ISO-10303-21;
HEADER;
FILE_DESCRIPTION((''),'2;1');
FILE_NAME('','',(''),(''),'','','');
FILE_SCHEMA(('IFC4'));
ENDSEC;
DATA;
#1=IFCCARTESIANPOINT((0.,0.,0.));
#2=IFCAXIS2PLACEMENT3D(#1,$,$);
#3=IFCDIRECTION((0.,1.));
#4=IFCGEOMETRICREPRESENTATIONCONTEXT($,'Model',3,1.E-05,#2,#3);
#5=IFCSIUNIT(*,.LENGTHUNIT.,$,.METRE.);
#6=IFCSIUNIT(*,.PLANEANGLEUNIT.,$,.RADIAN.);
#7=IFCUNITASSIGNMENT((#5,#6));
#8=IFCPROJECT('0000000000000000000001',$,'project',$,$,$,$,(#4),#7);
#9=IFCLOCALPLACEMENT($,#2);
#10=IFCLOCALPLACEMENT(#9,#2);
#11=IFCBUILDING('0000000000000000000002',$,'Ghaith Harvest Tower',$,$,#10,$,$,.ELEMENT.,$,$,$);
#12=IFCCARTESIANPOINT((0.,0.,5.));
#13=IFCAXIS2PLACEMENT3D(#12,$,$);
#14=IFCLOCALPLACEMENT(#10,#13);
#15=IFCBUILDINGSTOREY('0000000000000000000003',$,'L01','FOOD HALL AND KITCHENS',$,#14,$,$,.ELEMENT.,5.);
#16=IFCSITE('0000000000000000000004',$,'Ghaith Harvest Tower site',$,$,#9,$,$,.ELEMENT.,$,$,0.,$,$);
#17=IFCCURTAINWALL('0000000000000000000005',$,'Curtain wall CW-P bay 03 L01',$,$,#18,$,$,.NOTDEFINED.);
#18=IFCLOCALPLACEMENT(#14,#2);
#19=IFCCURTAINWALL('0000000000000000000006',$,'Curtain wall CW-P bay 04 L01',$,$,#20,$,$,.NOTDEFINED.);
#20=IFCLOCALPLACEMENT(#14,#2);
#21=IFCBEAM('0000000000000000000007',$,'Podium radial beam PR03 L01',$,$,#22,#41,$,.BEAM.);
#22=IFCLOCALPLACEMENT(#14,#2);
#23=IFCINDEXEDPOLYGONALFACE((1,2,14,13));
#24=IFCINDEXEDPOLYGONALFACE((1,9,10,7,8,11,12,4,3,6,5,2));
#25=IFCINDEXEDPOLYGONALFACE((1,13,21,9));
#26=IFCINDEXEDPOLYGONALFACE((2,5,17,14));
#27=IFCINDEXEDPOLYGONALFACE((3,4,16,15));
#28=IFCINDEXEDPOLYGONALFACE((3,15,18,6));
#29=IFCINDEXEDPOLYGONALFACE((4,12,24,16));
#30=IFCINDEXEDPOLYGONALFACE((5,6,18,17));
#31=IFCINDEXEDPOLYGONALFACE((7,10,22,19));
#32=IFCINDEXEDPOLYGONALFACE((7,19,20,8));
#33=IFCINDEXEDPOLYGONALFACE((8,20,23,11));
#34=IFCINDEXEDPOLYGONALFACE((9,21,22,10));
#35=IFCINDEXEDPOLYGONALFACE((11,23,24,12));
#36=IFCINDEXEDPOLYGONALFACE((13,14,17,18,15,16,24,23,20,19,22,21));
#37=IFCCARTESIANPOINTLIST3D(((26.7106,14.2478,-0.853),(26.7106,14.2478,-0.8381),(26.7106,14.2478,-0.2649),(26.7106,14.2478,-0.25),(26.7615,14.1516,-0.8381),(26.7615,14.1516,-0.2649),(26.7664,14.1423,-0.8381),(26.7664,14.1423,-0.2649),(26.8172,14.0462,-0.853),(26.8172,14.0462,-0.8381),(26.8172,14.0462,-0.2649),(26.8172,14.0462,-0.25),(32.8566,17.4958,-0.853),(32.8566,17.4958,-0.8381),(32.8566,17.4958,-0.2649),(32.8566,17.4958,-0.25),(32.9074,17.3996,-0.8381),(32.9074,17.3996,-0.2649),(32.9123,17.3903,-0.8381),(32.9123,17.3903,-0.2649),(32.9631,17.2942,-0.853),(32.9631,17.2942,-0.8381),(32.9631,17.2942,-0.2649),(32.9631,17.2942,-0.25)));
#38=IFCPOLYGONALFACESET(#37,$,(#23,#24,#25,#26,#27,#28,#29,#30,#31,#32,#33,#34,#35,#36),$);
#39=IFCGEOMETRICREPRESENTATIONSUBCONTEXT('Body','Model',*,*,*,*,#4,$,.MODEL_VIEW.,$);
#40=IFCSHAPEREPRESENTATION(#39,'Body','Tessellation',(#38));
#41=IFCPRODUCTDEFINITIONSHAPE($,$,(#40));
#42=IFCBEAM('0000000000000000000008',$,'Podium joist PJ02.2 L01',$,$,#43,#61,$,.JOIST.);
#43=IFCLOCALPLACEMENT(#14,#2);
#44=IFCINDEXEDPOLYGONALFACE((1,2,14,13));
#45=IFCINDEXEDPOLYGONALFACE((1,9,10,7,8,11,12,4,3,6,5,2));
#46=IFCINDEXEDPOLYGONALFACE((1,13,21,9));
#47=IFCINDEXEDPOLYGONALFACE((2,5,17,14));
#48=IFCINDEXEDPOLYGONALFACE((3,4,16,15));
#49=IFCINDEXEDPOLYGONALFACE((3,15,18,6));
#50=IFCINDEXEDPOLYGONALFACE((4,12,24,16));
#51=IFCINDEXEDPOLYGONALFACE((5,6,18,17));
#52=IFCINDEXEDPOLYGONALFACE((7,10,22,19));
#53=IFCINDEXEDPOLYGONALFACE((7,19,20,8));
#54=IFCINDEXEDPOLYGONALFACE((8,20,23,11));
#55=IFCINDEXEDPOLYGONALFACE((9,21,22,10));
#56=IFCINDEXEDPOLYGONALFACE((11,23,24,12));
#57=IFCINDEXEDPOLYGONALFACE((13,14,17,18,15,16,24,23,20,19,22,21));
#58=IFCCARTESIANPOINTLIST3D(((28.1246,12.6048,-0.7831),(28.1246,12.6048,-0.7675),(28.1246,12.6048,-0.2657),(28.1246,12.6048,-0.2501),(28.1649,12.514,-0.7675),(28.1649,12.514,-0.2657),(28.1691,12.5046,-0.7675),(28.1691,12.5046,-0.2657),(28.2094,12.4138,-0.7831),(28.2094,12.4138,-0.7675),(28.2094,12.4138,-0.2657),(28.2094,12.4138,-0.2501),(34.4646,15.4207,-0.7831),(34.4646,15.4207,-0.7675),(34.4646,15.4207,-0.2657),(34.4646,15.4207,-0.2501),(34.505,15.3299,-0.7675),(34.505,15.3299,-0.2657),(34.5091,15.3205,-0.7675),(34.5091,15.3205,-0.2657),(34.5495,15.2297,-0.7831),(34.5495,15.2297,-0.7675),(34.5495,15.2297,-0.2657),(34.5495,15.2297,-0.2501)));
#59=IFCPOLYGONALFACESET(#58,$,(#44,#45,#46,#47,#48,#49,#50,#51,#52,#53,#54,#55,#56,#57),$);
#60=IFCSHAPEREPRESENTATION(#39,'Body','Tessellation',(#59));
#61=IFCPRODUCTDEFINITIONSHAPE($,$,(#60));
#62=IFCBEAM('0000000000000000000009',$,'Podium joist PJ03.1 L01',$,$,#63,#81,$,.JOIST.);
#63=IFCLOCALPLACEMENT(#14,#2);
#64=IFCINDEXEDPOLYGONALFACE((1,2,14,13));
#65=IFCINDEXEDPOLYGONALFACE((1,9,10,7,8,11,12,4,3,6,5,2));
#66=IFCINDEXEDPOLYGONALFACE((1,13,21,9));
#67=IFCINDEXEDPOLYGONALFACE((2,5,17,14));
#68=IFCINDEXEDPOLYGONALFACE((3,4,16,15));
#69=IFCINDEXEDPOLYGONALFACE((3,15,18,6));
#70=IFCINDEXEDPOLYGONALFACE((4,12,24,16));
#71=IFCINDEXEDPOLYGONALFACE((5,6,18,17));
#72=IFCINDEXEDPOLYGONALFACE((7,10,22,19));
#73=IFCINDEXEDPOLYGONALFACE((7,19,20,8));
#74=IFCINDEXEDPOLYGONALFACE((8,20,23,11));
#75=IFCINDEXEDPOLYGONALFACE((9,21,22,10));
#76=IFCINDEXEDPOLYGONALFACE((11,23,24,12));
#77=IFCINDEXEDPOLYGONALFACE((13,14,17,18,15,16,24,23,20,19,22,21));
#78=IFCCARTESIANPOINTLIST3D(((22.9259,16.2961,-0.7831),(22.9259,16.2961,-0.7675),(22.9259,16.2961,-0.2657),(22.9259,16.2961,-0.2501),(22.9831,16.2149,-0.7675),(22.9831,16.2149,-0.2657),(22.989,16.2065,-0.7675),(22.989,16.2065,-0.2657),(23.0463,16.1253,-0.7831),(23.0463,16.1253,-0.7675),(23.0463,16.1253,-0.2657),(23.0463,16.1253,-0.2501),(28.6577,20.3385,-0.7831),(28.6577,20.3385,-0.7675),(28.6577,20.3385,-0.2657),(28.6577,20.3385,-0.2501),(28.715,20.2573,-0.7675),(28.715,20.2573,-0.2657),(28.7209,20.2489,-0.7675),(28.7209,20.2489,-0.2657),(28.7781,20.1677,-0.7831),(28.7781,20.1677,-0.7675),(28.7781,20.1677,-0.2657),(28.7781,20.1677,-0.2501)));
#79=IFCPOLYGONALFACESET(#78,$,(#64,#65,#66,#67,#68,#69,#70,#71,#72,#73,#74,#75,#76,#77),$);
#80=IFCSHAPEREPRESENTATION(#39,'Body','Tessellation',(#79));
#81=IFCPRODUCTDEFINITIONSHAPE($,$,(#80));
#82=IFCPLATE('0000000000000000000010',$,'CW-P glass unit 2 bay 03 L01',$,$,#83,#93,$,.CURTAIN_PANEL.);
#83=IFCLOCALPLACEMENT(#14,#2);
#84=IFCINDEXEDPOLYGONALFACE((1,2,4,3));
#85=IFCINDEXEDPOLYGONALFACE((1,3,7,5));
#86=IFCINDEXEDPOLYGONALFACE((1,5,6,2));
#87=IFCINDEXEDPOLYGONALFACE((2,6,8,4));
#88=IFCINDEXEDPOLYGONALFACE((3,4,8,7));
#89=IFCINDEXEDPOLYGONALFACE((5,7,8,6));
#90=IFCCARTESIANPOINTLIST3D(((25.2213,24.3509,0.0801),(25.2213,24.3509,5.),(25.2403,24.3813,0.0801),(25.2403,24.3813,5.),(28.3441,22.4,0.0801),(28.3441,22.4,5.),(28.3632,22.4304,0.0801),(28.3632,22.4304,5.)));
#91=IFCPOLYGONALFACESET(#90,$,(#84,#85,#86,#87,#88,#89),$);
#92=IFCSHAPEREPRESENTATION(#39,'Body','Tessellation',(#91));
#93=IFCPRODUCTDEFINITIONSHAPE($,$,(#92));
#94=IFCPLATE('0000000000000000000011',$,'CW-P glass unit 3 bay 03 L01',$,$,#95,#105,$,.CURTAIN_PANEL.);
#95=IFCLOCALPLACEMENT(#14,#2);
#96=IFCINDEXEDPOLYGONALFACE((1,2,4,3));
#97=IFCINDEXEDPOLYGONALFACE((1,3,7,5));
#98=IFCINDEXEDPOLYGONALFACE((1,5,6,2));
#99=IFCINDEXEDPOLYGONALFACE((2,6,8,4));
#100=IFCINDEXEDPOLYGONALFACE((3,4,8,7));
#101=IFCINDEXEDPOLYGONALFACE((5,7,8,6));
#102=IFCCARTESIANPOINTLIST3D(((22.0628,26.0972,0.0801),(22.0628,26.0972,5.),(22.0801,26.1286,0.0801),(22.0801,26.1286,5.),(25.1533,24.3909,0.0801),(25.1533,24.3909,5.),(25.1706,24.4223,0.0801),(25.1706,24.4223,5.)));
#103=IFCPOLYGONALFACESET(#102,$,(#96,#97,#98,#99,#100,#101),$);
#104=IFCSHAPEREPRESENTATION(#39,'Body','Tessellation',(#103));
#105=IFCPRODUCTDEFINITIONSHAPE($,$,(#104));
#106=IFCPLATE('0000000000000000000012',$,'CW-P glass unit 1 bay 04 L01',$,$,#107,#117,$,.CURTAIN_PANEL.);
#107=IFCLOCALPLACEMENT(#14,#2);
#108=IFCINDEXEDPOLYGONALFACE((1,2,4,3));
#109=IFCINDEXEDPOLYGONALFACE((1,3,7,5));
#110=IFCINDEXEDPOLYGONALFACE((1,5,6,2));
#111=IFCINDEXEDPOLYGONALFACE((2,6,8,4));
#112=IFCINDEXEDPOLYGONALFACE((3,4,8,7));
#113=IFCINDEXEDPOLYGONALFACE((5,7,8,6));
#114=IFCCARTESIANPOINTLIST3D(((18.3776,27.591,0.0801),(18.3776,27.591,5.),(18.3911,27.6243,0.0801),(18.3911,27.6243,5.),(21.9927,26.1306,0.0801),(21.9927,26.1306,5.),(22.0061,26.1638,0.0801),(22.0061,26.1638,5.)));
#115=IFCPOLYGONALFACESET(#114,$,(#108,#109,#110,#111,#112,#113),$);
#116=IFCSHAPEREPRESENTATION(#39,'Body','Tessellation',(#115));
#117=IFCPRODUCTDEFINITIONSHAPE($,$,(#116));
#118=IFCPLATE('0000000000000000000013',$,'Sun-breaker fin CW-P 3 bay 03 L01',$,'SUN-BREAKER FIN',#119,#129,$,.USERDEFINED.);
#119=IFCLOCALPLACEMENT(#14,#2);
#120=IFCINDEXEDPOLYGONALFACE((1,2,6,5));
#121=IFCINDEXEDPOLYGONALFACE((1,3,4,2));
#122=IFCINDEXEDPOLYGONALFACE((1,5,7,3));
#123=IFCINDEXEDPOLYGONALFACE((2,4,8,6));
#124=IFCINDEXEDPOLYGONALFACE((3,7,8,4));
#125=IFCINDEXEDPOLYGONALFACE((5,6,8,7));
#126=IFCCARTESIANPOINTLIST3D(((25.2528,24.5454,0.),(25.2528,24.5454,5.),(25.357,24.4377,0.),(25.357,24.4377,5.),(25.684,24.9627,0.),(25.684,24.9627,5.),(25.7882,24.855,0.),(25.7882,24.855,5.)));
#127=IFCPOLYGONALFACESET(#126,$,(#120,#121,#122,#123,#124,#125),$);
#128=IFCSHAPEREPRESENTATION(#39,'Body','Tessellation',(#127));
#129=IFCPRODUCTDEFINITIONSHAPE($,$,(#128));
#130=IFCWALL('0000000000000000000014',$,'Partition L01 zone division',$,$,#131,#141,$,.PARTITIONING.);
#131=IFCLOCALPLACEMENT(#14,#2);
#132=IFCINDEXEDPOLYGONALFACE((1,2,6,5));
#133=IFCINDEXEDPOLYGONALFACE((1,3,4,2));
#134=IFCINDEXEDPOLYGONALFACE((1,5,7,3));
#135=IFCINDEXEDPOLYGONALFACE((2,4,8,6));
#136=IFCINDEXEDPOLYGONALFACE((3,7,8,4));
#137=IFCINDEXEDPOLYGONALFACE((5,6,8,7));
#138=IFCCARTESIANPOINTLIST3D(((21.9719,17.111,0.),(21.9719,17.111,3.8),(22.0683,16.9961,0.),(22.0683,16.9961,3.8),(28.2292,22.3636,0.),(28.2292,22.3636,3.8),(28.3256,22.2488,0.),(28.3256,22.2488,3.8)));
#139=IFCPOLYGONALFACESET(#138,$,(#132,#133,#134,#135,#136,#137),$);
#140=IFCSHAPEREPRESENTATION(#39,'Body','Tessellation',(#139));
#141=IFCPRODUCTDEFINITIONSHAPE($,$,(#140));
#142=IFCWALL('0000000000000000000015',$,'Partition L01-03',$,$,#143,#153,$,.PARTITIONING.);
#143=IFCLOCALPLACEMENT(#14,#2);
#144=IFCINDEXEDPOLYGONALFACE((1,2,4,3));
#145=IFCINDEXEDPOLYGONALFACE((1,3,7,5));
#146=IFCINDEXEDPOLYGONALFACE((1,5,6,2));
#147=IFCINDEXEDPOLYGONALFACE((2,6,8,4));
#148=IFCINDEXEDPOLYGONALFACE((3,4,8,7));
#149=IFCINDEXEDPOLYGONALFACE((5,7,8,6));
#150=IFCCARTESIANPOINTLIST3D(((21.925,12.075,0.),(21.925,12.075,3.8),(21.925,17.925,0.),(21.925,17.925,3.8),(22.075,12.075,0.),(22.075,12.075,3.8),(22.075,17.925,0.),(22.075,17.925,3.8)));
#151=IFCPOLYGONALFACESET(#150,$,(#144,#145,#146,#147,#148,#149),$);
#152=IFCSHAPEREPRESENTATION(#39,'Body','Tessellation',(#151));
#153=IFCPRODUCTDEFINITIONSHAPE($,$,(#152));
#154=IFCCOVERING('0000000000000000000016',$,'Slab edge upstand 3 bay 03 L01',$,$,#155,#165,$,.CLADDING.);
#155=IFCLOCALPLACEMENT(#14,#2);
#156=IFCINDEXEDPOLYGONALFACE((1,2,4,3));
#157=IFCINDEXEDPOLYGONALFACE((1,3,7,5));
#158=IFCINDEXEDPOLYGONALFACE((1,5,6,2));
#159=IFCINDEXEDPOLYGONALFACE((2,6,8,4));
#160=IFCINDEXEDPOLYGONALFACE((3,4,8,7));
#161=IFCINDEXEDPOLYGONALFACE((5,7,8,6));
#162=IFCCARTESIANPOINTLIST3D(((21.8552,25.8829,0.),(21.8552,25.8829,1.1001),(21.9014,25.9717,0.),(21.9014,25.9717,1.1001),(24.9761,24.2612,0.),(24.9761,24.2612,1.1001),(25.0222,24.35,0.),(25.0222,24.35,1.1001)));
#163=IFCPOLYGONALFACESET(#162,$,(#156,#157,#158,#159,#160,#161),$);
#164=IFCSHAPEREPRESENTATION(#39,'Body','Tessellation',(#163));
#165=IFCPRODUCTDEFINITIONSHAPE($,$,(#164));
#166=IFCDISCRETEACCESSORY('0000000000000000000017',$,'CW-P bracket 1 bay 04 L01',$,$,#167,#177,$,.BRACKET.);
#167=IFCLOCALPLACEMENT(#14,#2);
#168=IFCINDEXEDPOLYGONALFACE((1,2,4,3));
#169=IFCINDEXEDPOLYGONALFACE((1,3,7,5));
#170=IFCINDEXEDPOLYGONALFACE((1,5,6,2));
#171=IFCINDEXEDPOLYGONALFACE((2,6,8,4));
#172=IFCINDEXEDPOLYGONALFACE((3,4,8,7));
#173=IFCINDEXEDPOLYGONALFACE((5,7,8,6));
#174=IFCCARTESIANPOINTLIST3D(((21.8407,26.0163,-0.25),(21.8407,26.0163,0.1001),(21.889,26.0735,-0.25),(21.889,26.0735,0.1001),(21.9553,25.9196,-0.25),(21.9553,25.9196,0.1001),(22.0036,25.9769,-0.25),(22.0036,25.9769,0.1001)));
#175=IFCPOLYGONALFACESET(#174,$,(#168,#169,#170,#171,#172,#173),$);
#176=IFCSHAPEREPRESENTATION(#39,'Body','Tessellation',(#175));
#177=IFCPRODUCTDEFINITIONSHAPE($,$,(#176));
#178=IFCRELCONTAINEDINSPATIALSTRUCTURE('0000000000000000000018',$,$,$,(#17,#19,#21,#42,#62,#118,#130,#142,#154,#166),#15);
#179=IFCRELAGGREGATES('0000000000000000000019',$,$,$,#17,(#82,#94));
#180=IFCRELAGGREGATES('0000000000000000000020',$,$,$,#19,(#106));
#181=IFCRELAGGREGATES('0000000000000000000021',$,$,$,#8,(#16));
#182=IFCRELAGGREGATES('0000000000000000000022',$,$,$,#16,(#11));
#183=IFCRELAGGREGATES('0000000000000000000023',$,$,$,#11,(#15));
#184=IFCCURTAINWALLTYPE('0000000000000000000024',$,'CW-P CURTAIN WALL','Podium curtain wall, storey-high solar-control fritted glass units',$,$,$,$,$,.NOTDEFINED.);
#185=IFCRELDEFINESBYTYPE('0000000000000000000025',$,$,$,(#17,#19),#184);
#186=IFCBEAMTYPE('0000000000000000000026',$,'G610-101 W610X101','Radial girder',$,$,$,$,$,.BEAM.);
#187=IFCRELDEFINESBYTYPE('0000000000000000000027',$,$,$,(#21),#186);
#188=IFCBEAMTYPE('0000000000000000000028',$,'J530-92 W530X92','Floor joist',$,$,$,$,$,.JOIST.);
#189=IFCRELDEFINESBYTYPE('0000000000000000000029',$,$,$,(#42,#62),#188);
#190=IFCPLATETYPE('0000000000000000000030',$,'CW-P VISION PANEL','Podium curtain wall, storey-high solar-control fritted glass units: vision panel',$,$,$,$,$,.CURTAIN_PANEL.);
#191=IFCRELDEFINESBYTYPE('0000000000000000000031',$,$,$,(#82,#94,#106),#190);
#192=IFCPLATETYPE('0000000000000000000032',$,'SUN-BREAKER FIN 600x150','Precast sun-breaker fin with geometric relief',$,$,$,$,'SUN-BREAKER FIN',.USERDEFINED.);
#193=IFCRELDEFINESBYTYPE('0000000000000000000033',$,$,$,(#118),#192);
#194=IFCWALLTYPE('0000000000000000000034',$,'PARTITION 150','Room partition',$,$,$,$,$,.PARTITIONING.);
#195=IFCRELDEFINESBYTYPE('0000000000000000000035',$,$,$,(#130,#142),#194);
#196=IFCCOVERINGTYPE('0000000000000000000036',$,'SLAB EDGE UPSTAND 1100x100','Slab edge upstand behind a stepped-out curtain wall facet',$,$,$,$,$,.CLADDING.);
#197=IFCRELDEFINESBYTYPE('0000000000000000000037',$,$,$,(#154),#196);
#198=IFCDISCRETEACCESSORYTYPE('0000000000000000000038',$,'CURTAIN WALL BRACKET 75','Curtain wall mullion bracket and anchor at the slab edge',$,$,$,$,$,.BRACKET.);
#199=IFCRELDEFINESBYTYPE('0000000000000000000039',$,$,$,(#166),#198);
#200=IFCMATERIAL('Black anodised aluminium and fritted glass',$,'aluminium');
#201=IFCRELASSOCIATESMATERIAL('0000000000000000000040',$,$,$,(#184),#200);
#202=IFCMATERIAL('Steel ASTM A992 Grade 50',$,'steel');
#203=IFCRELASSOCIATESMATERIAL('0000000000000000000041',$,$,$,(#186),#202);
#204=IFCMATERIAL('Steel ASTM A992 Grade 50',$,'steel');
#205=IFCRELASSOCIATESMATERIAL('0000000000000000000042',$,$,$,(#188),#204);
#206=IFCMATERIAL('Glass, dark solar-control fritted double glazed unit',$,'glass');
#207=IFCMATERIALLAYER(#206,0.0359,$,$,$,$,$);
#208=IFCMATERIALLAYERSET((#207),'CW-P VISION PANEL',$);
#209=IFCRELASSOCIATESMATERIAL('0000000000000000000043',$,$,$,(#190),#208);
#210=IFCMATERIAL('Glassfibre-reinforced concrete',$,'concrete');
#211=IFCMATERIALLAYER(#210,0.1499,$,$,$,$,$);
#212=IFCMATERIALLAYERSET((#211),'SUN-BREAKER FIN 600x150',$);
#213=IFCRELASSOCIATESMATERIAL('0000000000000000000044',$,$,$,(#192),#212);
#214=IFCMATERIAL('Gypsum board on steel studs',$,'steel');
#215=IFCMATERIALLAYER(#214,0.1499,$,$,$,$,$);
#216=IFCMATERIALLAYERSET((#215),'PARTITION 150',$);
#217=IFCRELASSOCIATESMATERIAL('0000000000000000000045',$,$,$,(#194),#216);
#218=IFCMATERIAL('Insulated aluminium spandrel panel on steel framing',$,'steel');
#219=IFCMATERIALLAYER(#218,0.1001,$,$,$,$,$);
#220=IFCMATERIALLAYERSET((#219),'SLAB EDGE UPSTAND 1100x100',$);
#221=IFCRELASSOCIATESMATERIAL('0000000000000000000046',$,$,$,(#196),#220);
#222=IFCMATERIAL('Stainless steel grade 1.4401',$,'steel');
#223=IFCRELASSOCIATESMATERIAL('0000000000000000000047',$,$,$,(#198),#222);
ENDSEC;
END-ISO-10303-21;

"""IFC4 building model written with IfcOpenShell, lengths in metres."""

from ifc_helpers import new_model, si_unit, direction, frame, frame_2d, origin, origin_2d, place, context, subcontext, project, spatial, rectangle, i_section, extrude, material, layer, layer_set, material_profile, profile_set, type_object, element, aggregate, save


model = new_model("IFC4")

# Units and contexts
model_context = context("Model", 3, precision=1e-05, world=origin(), true_north=direction((0.0, 1.0)))
body_context = subcontext(model_context, "Body", "Model", "MODEL_VIEW")
ifc_project = project(units=[si_unit("LENGTHUNIT", "METRE"), si_unit("PLANEANGLEUNIT", "RADIAN")], contexts=[model_context])

# Site, building, storey
site_placement = place(None, origin())
site = spatial("IfcSite", under=ifc_project, at=site_placement, Name="Ghaith Harvest Tower site", CompositionType="ELEMENT", RefElevation=0.0)
building_placement = place(site_placement, origin())
building = spatial("IfcBuilding", under=site, at=building_placement, Name="Ghaith Harvest Tower", CompositionType="ELEMENT")
storey_placement = place(building_placement, frame((0.0, 0.0, 5.0)))
storey = spatial("IfcBuildingStorey", under=building, at=storey_placement, Name="L01", Description="FOOD HALL AND KITCHENS", CompositionType="ELEMENT", Elevation=5.0)

# Curtain walls
ifc_material_1 = material(Name="Black anodised aluminium and fritted glass", Category="aluminium")
curtain_wall_type = type_object("IfcCurtainWallType", Name="CW-P CURTAIN WALL", Description="Podium curtain wall, storey-high solar-control fritted glass units", PredefinedType="NOTDEFINED", material=ifc_material_1)
curtain_wall_1_placement = place(storey_placement, origin())
curtain_wall_1 = element("IfcCurtainWall", 1, at=curtain_wall_1_placement, inside=storey, type_object=curtain_wall_type, Name="Curtain wall CW-P bay 03 L01", PredefinedType="NOTDEFINED")
curtain_wall_2_placement = place(storey_placement, origin())
curtain_wall_2 = element("IfcCurtainWall", 2, at=curtain_wall_2_placement, inside=storey, type_object=curtain_wall_type, Name="Curtain wall CW-P bay 04 L01", PredefinedType="NOTDEFINED")

# Beams
ifc_material_2 = material(Name="Steel ASTM A992 Grade 50", Category="steel")
ifc_material_profile_1 = material_profile(ifc_material_2, i_section(OverallWidth=0.228, OverallDepth=0.603, WebThickness=0.0105, FlangeThickness=0.0149, at=origin_2d()), Name="W610X101")
ifc_profile_set_1 = profile_set([ifc_material_profile_1], Name="Steel ASTM A992 Grade 50")
beam_type_1 = type_object("IfcBeamType", Name="G610-101 W610X101", Description="Radial girder", PredefinedType="BEAM", material=ifc_profile_set_1)
beam_1_placement = place(storey_placement, frame((26.7639, 14.147, -0.5515), z_axis=(0.884128, 0.467245, 0.0), x_axis=(-0.467245, 0.884128, 0.0)))
element("IfcBeam", 3, at=beam_1_placement, inside=storey, type_object=beam_type_1, Name="Podium radial beam PR03 L01", PredefinedType="BEAM", context=body_context, shape_type="SweptSolid", body=[
    extrude(i_section(OverallWidth=0.228, OverallDepth=0.603, WebThickness=0.0105, FlangeThickness=0.0149, at=origin_2d()), origin(), (0.0, 0.0, 1.0), 6.9514),
])
ifc_material_3 = material(Name="Steel ASTM A992 Grade 50", Category="steel")
ifc_material_profile_2 = material_profile(ifc_material_3, i_section(OverallWidth=0.209, OverallDepth=0.533, WebThickness=0.0103, FlangeThickness=0.0156, at=origin_2d()), Name="W530X92")
ifc_profile_set_2 = profile_set([ifc_material_profile_2], Name="Steel ASTM A992 Grade 50")
beam_type_2 = type_object("IfcBeamType", Name="J530-92 W530X92", Description="Floor joist", PredefinedType="JOIST", material=ifc_profile_set_2)
beam_2_placement = place(storey_placement, frame((28.167, 12.5093, -0.5166), z_axis=(0.913913, 0.40591, 0.0), x_axis=(-0.40591, 0.913913, 0.0)))
element("IfcBeam", 4, at=beam_2_placement, inside=storey, type_object=beam_type_2, Name="Podium joist PJ02.2 L01", PredefinedType="JOIST", context=body_context, shape_type="SweptSolid", body=[
    extrude(i_section(OverallWidth=0.209, OverallDepth=0.533, WebThickness=0.0103, FlangeThickness=0.0156, at=origin_2d()), origin(), (0.0, 0.0, 1.0), 6.9373),
])
beam_3_placement = place(storey_placement, frame((22.9861, 16.2107, -0.5166), z_axis=(0.817209, 0.576342, 0.0), x_axis=(-0.576342, 0.817209, 0.0)))
element("IfcBeam", 5, at=beam_3_placement, inside=storey, type_object=beam_type_2, Name="Podium joist PJ03.1 L01", PredefinedType="JOIST", context=body_context, shape_type="SweptSolid", body=[
    extrude(i_section(OverallWidth=0.209, OverallDepth=0.533, WebThickness=0.0103, FlangeThickness=0.0156, at=origin_2d()), origin(), (0.0, 0.0, 1.0), 7.0139),
])

# Plates
ifc_material_4 = material(Name="Glass, dark solar-control fritted double glazed unit", Category="glass")
ifc_layer_1 = layer(ifc_material_4, 0.0359)
ifc_layer_set_1 = layer_set([ifc_layer_1], Name="CW-P VISION PANEL")
plate_type_1 = type_object("IfcPlateType", Name="CW-P VISION PANEL", Description="Podium curtain wall, storey-high solar-control fritted glass units: vision panel", PredefinedType="CURTAIN_PANEL", material=ifc_layer_set_1)
plate_1_placement = place(storey_placement, frame((26.7922, 23.3906, 0.0801), z_axis=(0.0, 0.0, 1.0), x_axis=(-0.848105, 0.529829, 0.0)))
plate_1 = element("IfcPlate", 6, at=plate_1_placement, type_object=plate_type_1, Name="CW-P glass unit 2 bay 03 L01", PredefinedType="CURTAIN_PANEL", context=body_context, shape_type="SweptSolid", body=[
    extrude(rectangle(XDim=3.6821, YDim=0.0359, at=origin_2d()), origin(), (0.0, 0.0, 1.0), 4.9199),
])
plate_2_placement = place(storey_placement, frame((23.6167, 25.2598, 0.0801), z_axis=(0.0, 0.0, 1.0), x_axis=(-0.875433, 0.483339, 0.0)))
plate_2 = element("IfcPlate", 7, at=plate_2_placement, type_object=plate_type_1, Name="CW-P glass unit 3 bay 03 L01", PredefinedType="CURTAIN_PANEL", context=body_context, shape_type="SweptSolid", body=[
    extrude(rectangle(XDim=3.5303, YDim=0.0359, at=origin_2d()), origin(), (0.0, 0.0, 1.0), 4.9199),
])
aggregate(curtain_wall_1, [plate_1, plate_2])
plate_3_placement = place(storey_placement, frame((20.1919, 26.8774, 0.0801), z_axis=(0.0, 0.0, 1.0), x_axis=(-0.927191, 0.374588, 0.0)))
plate_3 = element("IfcPlate", 8, at=plate_3_placement, type_object=plate_type_1, Name="CW-P glass unit 1 bay 04 L01", PredefinedType="CURTAIN_PANEL", context=body_context, shape_type="SweptSolid", body=[
    extrude(rectangle(XDim=3.8989, YDim=0.0359, at=origin_2d()), origin(), (0.0, 0.0, 1.0), 4.9199),
])
aggregate(curtain_wall_2, [plate_3])
ifc_material_5 = material(Name="Glassfibre-reinforced concrete", Category="concrete")
ifc_layer_2 = layer(ifc_material_5, 0.1499)
ifc_layer_set_2 = layer_set([ifc_layer_2], Name="SUN-BREAKER FIN 600x150")
plate_type_2 = type_object("IfcPlateType", Name="SUN-BREAKER FIN 600x150", Description="Precast sun-breaker fin with geometric relief", ElementType="SUN-BREAKER FIN", PredefinedType="USERDEFINED", material=ifc_layer_set_2)
plate_4_placement = place(storey_placement, frame((25.5205, 24.7002, 0.0), z_axis=(0.0, 0.0, 1.0), x_axis=(0.718559, 0.695466, 0.0)))
element("IfcPlate", 9, at=plate_4_placement, inside=storey, type_object=plate_type_2, Name="Sun-breaker fin CW-P 3 bay 03 L01", ObjectType="SUN-BREAKER FIN", PredefinedType="USERDEFINED", context=body_context, shape_type="SweptSolid", body=[
    extrude(rectangle(XDim=0.6001, YDim=0.1499, at=origin_2d()), origin(), (0.0, 0.0, 1.0), 5.0),
])

# Walls
ifc_material_6 = material(Name="Gypsum board on steel studs", Category="steel")
ifc_layer_3 = layer(ifc_material_6, 0.1499)
ifc_layer_set_3 = layer_set([ifc_layer_3], Name="PARTITION 150")
wall_type = type_object("IfcWallType", Name="PARTITION 150", Description="Room partition", PredefinedType="PARTITIONING", material=ifc_layer_set_3)
wall_1_placement = place(storey_placement, frame((22.02, 17.0535, 0.0), z_axis=(0.0, 0.0, 1.0), x_axis=(0.765914, 0.642943, 0.0)))
element("IfcWall", 10, at=wall_1_placement, inside=storey, type_object=wall_type, Name="Partition L01 zone division", PredefinedType="PARTITIONING", context=body_context, shape_type="SweptSolid", body=[
    extrude(rectangle(XDim=8.1697, YDim=0.1499, at=frame_2d((4.085, 0.0))), origin(), (0.0, 0.0, 1.0), 3.8),
])
wall_2_placement = place(storey_placement, frame((22.0, 12.075, 0.0), z_axis=(0.0, 0.0, 1.0), x_axis=(0.0, 1.0, 0.0)))
element("IfcWall", 11, at=wall_2_placement, inside=storey, type_object=wall_type, Name="Partition L01-03", PredefinedType="PARTITIONING", context=body_context, shape_type="SweptSolid", body=[
    extrude(rectangle(XDim=5.8501, YDim=0.1499, at=frame_2d((2.925, 0.0))), origin(), (0.0, 0.0, 1.0), 3.8),
])

# Covering
ifc_material_7 = material(Name="Insulated aluminium spandrel panel on steel framing", Category="steel")
ifc_layer_4 = layer(ifc_material_7, 0.1001)
ifc_layer_set_4 = layer_set([ifc_layer_4], Name="SLAB EDGE UPSTAND 1100x100")
covering_type = type_object("IfcCoveringType", Name="SLAB EDGE UPSTAND 1100x100", Description="Slab edge upstand behind a stepped-out curtain wall facet", PredefinedType="CLADDING", material=ifc_layer_set_4)
covering_placement = place(storey_placement, frame((23.4387, 25.1165, 0.0), z_axis=(0.0, 0.0, 1.0), x_axis=(-0.887346, 0.461103, 0.0)))
element("IfcCovering", 12, at=covering_placement, inside=storey, type_object=covering_type, Name="Slab edge upstand 3 bay 03 L01", PredefinedType="CLADDING", context=body_context, shape_type="SweptSolid", body=[
    extrude(rectangle(XDim=3.5171, YDim=0.1001, at=origin_2d()), origin(), (0.0, 0.0, 1.0), 1.1001),
])

# Discrete accessory
ifc_material_8 = material(Name="Stainless steel grade 1.4401", Category="steel")
discrete_accessory_type = type_object("IfcDiscreteAccessoryType", Name="CURTAIN WALL BRACKET 75", Description="Curtain wall mullion bracket and anchor at the slab edge", PredefinedType="BRACKET", material=ifc_material_8)
discrete_accessory_placement = place(storey_placement, frame((21.9221, 25.9966, -0.25), z_axis=(0.0, 0.0, 1.0), x_axis=(0.644657, 0.764472, 0.0)))
element("IfcDiscreteAccessory", 13, at=discrete_accessory_placement, inside=storey, type_object=discrete_accessory_type, Name="CW-P bracket 1 bay 04 L01", PredefinedType="BRACKET", context=body_context, shape_type="SweptSolid", body=[
    extrude(rectangle(XDim=0.075, YDim=0.1499, at=origin_2d()), origin(), (0.0, 0.0, 1.0), 0.3501),
])

save(model, "model.ifc")
